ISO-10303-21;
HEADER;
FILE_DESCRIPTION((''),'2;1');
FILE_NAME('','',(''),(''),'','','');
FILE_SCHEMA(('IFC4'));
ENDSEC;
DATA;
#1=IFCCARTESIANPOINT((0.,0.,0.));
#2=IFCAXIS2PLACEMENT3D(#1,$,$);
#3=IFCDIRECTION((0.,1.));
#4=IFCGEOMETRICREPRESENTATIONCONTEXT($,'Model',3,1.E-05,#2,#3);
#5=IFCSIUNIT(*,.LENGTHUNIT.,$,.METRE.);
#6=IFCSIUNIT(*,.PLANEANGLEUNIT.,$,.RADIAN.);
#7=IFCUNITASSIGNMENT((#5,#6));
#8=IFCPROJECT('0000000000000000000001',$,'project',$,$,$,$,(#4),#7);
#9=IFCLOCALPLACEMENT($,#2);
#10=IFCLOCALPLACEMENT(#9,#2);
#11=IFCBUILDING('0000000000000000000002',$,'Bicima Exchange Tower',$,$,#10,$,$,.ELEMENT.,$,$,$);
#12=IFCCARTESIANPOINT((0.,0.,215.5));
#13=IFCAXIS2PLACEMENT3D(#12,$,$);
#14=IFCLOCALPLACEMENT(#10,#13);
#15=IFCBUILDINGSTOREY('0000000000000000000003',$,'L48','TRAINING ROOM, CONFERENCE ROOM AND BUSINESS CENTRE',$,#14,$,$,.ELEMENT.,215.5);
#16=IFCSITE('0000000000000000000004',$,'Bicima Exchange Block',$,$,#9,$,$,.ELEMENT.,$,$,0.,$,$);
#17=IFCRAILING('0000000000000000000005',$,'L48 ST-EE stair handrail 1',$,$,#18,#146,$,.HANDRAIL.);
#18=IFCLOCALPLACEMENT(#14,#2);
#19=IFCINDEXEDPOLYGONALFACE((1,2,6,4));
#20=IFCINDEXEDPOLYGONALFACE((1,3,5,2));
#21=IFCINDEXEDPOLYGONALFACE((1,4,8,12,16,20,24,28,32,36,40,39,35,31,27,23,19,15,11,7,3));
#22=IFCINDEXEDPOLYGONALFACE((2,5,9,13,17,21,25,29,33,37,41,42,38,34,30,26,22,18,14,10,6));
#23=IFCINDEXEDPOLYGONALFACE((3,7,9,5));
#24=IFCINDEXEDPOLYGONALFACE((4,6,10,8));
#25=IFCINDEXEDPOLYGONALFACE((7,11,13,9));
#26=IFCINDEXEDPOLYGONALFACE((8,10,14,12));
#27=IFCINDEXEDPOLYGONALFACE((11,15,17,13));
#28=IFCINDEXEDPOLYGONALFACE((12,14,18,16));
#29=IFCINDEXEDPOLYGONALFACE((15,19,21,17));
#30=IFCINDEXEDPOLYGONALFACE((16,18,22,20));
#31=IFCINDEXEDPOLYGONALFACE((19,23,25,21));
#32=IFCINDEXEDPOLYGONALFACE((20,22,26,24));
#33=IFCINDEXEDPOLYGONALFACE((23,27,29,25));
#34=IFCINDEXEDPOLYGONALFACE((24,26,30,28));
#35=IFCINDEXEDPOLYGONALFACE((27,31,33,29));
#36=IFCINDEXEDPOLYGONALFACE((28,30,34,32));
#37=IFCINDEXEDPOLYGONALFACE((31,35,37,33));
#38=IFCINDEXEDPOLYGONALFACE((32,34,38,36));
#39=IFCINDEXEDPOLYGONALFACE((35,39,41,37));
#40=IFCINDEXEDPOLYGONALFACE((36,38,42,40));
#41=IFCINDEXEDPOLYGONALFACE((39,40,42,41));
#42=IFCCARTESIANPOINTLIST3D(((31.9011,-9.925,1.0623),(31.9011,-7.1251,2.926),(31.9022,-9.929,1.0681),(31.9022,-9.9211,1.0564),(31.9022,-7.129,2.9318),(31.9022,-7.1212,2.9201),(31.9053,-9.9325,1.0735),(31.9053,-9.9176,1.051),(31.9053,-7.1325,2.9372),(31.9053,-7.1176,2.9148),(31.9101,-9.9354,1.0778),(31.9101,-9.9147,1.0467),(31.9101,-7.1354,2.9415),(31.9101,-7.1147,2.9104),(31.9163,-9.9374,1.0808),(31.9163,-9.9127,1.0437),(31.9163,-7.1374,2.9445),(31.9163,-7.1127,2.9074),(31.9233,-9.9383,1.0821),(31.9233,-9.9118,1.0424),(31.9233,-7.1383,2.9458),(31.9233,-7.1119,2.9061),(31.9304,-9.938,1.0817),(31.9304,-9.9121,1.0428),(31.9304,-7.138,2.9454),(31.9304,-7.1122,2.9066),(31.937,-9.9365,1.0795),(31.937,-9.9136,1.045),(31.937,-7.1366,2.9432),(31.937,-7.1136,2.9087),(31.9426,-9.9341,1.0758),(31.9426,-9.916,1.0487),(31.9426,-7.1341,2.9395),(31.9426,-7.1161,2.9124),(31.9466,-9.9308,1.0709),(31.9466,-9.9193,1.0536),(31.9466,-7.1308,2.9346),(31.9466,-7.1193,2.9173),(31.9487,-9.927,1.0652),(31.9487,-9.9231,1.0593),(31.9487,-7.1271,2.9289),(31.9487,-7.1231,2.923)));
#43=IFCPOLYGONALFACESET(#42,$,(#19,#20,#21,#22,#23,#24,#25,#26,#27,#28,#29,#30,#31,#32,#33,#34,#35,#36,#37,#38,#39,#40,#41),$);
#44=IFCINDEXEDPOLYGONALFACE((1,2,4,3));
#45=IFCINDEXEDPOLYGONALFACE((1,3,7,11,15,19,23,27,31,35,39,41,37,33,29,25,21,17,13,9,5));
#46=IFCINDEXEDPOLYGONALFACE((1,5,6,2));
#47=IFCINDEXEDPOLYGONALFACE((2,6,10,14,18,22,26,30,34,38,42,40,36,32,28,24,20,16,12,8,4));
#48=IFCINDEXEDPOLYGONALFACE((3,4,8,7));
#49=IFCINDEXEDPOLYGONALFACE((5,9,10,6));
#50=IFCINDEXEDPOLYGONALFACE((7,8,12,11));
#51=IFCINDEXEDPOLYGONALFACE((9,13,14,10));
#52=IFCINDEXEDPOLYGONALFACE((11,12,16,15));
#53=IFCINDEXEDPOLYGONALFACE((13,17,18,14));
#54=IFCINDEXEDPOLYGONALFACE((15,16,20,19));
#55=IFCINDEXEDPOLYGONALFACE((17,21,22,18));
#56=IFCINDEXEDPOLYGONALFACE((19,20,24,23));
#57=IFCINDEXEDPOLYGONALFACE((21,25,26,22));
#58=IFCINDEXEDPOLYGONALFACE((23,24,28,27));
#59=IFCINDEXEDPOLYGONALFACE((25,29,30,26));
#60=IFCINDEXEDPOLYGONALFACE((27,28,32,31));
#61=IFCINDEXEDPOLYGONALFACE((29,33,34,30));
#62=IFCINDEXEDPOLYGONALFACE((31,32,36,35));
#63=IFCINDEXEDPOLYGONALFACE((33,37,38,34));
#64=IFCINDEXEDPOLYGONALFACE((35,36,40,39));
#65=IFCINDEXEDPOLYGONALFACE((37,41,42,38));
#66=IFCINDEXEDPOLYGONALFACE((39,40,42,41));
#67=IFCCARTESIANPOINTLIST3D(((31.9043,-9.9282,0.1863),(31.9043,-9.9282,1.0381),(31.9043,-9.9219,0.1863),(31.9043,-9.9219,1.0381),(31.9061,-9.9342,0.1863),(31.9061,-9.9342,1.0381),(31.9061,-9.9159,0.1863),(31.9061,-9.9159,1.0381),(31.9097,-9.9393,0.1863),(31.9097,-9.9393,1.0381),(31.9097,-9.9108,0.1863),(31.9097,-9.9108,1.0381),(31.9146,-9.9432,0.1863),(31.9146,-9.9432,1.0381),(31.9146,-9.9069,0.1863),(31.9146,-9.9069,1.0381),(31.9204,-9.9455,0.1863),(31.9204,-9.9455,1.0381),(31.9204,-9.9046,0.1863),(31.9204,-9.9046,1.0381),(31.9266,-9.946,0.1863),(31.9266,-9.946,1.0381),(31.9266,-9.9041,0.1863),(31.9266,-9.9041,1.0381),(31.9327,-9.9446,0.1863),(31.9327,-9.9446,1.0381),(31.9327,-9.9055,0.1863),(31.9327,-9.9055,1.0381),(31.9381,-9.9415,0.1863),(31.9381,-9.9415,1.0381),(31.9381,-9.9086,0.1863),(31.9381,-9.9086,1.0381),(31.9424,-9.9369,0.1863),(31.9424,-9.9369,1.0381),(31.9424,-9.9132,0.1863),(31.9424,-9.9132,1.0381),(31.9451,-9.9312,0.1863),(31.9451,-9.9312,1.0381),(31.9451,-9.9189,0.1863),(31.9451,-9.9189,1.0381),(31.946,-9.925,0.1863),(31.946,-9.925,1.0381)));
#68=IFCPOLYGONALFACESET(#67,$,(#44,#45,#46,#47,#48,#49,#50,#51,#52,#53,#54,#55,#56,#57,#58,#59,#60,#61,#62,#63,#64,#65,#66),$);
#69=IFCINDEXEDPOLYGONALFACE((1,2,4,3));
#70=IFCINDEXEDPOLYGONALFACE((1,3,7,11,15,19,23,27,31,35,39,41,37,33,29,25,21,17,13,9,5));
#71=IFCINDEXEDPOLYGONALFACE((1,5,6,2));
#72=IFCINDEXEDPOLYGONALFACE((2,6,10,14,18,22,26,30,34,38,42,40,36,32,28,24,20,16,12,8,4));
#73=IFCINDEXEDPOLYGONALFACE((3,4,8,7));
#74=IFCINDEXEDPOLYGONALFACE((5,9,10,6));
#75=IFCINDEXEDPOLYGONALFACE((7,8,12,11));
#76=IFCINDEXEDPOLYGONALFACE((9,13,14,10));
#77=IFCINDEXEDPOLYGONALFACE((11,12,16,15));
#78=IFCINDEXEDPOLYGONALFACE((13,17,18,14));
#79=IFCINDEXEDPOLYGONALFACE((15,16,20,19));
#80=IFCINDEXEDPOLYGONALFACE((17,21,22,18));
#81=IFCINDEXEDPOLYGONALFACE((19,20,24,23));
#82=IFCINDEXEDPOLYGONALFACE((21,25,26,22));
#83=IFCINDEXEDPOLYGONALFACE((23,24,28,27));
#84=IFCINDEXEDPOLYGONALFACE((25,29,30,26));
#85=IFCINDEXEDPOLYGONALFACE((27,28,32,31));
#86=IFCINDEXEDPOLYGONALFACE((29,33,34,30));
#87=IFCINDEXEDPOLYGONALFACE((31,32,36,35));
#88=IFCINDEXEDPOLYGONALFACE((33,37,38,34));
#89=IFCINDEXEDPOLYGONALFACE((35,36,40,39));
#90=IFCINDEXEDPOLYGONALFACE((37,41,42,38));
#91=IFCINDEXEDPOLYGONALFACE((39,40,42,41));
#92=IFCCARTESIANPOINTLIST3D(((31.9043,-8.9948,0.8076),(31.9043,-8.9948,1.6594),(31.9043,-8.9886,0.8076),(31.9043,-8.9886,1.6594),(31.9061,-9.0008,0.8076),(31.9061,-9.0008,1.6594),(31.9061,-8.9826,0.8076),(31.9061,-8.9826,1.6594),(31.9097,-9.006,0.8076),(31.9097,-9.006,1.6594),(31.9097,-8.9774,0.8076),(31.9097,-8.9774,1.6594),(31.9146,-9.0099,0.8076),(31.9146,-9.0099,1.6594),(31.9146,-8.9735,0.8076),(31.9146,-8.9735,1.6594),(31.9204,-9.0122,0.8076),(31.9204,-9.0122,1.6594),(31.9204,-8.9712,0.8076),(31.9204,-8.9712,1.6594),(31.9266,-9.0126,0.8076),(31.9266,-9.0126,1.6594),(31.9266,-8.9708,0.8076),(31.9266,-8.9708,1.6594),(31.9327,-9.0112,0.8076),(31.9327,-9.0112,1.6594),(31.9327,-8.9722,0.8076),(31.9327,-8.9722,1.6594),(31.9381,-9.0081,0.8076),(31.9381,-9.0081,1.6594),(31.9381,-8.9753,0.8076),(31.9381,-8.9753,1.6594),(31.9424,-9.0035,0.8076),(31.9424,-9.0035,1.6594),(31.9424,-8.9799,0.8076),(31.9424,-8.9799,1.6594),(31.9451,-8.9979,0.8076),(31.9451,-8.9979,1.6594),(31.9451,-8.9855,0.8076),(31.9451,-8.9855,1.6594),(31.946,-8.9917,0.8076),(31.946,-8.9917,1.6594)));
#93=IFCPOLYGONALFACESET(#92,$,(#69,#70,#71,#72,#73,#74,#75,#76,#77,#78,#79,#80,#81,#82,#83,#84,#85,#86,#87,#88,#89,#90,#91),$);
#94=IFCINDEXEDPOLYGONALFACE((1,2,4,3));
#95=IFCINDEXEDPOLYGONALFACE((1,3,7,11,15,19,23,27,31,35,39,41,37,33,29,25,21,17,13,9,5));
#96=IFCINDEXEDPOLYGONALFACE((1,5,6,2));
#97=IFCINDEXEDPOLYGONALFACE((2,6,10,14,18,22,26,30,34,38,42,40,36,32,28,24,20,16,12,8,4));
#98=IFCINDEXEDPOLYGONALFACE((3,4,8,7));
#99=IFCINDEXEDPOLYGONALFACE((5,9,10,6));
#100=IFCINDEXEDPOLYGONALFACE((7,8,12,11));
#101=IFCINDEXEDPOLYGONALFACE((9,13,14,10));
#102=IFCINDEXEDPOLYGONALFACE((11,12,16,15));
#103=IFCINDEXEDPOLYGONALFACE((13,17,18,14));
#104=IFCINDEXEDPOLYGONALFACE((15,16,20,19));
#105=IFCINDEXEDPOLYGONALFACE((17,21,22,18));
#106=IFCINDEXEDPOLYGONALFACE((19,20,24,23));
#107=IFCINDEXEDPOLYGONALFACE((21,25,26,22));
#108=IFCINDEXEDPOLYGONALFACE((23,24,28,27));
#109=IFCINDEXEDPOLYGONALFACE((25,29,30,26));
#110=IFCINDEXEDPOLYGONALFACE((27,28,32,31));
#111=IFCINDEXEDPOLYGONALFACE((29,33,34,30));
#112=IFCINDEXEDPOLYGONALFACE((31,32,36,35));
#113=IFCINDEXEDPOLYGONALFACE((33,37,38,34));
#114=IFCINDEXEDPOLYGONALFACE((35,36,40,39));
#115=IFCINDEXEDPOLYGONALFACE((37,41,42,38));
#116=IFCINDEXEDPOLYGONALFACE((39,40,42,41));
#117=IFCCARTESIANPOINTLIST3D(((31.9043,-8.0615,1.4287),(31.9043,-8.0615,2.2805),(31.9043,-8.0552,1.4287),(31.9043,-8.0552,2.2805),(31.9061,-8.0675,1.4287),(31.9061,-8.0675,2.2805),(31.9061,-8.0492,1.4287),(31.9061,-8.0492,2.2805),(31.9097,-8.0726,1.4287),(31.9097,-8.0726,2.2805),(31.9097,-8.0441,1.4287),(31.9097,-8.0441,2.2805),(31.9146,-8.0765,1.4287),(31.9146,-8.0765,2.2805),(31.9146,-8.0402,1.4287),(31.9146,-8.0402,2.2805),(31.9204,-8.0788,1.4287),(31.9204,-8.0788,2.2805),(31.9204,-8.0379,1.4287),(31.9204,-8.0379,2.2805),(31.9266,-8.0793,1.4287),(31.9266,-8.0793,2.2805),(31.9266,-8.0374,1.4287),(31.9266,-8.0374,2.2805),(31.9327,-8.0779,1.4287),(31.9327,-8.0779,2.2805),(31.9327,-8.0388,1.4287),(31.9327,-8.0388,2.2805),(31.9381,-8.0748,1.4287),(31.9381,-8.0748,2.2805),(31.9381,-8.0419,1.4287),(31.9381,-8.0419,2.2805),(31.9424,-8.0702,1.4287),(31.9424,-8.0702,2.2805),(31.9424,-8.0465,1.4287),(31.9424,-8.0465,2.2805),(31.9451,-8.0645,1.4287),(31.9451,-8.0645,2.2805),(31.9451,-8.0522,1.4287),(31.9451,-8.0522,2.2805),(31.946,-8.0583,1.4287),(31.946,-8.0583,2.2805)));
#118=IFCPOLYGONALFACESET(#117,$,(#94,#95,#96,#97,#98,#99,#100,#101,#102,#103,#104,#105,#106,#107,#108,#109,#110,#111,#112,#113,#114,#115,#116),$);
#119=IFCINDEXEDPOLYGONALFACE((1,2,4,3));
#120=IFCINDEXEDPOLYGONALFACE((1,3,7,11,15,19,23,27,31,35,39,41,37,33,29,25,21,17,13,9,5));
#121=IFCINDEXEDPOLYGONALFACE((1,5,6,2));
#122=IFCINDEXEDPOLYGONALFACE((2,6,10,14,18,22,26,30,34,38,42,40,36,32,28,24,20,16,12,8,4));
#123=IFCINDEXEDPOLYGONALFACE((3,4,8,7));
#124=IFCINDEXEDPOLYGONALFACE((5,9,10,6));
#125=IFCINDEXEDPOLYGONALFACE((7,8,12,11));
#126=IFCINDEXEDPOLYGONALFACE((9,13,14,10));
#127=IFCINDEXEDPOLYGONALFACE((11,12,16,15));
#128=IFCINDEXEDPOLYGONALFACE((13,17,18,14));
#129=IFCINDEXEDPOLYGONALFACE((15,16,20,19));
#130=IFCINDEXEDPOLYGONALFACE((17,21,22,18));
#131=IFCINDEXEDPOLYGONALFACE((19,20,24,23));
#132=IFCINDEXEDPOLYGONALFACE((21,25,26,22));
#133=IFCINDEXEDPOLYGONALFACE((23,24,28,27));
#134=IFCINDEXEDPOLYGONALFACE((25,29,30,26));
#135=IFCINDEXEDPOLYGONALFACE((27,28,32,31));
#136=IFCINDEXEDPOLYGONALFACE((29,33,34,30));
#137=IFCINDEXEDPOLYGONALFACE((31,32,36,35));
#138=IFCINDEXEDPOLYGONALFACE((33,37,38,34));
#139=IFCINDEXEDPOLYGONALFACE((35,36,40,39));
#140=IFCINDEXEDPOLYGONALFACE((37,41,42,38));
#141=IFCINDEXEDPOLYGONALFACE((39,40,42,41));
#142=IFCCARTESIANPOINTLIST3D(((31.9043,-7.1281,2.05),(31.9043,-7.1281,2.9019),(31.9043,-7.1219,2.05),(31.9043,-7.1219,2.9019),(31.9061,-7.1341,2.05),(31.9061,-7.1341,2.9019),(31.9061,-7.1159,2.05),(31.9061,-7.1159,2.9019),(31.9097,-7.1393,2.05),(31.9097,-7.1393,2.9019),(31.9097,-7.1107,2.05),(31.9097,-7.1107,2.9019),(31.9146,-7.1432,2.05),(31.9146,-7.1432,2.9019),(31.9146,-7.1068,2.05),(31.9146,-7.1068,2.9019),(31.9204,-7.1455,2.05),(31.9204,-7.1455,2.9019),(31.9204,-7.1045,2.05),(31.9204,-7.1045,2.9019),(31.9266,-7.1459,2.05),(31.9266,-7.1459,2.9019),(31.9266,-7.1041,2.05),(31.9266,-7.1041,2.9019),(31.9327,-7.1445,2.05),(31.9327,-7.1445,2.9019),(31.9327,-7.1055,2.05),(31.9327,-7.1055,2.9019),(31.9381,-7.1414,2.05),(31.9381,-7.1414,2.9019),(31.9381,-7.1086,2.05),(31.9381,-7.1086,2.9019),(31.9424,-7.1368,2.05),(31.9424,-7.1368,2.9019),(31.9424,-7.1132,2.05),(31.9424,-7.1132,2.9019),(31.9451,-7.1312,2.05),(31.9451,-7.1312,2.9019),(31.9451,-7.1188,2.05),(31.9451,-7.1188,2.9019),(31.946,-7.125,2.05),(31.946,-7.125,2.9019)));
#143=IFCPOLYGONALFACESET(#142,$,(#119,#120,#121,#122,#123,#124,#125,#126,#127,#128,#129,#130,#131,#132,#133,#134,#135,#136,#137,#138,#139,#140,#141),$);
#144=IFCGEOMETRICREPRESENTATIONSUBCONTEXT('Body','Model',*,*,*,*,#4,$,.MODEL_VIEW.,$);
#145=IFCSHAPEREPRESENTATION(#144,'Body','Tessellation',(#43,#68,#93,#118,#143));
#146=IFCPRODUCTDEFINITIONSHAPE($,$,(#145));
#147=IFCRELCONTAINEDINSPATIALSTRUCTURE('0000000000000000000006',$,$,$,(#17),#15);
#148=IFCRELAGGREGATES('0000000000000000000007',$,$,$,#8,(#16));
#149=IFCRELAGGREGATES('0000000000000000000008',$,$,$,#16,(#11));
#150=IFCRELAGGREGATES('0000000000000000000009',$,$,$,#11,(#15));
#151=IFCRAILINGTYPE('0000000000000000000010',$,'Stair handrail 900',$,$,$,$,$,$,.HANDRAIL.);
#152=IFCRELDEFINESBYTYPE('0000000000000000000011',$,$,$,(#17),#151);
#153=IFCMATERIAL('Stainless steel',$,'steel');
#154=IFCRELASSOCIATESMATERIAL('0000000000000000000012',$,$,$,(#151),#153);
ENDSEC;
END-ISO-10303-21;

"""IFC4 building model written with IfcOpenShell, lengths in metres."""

from ifc_helpers import new_model, si_unit, direction, frame, origin, origin_2d, place, context, subcontext, project, spatial, circle, extrude, material, type_object, element, save


model = new_model("IFC4")

# Units and contexts
model_context = context("Model", 3, precision=1e-05, world=origin(), true_north=direction((0.0, 1.0)))
body_context = subcontext(model_context, "Body", "Model", "MODEL_VIEW")
ifc_project = project(units=[si_unit("LENGTHUNIT", "METRE"), si_unit("PLANEANGLEUNIT", "RADIAN")], contexts=[model_context])

# Site, building, storey
site_placement = place(None, origin())
site = spatial("IfcSite", under=ifc_project, at=site_placement, Name="Bicima Exchange Block", CompositionType="ELEMENT", RefElevation=0.0)
building_placement = place(site_placement, origin())
building = spatial("IfcBuilding", under=site, at=building_placement, Name="Bicima Exchange Tower", CompositionType="ELEMENT")
storey_placement = place(building_placement, frame((0.0, 0.0, 215.5)))
storey = spatial("IfcBuildingStorey", under=building, at=storey_placement, Name="L48", Description="TRAINING ROOM, CONFERENCE ROOM AND BUSINESS CENTRE", CompositionType="ELEMENT", Elevation=215.5)

# Railing
ifc_material_1 = material(Name="Stainless steel", Category="steel")
railing_type_1 = type_object("IfcRailingType", Name="Stair handrail 900", PredefinedType="HANDRAIL", material=ifc_material_1)
railing_1_placement = place(storey_placement, frame((31.925, -9.925, 0.1863)))
element("IfcRailing", 1, at=railing_1_placement, inside=storey, type_object=railing_type_1, Name="L48 ST-EE stair handrail 1", PredefinedType="HANDRAIL", context=body_context, shape_type="SweptSolid", body=[
    extrude(circle(Radius=0.0239, at=origin_2d()), frame((0.0, 0.0, 0.876), z_axis=(0.0, 0.832452, 0.554097), x_axis=(-1.0, 0.0, 0.0)), (0.0, 0.0, 1.0), 3.3635),
    extrude(circle(Radius=0.021, at=origin_2d()), origin(), (0.0, 0.0, 1.0), 0.8518),
    extrude(circle(Radius=0.021, at=origin_2d()), frame((0.0, 0.9333, 0.6213)), (0.0, 0.0, 1.0), 0.8518),
    extrude(circle(Radius=0.021, at=origin_2d()), frame((0.0, 1.8667, 1.2424)), (0.0, 0.0, 1.0), 0.8518),
    extrude(circle(Radius=0.021, at=origin_2d()), frame((0.0, 2.8, 1.8638)), (0.0, 0.0, 1.0), 0.8518),
])

save(model, "model.ifc")
